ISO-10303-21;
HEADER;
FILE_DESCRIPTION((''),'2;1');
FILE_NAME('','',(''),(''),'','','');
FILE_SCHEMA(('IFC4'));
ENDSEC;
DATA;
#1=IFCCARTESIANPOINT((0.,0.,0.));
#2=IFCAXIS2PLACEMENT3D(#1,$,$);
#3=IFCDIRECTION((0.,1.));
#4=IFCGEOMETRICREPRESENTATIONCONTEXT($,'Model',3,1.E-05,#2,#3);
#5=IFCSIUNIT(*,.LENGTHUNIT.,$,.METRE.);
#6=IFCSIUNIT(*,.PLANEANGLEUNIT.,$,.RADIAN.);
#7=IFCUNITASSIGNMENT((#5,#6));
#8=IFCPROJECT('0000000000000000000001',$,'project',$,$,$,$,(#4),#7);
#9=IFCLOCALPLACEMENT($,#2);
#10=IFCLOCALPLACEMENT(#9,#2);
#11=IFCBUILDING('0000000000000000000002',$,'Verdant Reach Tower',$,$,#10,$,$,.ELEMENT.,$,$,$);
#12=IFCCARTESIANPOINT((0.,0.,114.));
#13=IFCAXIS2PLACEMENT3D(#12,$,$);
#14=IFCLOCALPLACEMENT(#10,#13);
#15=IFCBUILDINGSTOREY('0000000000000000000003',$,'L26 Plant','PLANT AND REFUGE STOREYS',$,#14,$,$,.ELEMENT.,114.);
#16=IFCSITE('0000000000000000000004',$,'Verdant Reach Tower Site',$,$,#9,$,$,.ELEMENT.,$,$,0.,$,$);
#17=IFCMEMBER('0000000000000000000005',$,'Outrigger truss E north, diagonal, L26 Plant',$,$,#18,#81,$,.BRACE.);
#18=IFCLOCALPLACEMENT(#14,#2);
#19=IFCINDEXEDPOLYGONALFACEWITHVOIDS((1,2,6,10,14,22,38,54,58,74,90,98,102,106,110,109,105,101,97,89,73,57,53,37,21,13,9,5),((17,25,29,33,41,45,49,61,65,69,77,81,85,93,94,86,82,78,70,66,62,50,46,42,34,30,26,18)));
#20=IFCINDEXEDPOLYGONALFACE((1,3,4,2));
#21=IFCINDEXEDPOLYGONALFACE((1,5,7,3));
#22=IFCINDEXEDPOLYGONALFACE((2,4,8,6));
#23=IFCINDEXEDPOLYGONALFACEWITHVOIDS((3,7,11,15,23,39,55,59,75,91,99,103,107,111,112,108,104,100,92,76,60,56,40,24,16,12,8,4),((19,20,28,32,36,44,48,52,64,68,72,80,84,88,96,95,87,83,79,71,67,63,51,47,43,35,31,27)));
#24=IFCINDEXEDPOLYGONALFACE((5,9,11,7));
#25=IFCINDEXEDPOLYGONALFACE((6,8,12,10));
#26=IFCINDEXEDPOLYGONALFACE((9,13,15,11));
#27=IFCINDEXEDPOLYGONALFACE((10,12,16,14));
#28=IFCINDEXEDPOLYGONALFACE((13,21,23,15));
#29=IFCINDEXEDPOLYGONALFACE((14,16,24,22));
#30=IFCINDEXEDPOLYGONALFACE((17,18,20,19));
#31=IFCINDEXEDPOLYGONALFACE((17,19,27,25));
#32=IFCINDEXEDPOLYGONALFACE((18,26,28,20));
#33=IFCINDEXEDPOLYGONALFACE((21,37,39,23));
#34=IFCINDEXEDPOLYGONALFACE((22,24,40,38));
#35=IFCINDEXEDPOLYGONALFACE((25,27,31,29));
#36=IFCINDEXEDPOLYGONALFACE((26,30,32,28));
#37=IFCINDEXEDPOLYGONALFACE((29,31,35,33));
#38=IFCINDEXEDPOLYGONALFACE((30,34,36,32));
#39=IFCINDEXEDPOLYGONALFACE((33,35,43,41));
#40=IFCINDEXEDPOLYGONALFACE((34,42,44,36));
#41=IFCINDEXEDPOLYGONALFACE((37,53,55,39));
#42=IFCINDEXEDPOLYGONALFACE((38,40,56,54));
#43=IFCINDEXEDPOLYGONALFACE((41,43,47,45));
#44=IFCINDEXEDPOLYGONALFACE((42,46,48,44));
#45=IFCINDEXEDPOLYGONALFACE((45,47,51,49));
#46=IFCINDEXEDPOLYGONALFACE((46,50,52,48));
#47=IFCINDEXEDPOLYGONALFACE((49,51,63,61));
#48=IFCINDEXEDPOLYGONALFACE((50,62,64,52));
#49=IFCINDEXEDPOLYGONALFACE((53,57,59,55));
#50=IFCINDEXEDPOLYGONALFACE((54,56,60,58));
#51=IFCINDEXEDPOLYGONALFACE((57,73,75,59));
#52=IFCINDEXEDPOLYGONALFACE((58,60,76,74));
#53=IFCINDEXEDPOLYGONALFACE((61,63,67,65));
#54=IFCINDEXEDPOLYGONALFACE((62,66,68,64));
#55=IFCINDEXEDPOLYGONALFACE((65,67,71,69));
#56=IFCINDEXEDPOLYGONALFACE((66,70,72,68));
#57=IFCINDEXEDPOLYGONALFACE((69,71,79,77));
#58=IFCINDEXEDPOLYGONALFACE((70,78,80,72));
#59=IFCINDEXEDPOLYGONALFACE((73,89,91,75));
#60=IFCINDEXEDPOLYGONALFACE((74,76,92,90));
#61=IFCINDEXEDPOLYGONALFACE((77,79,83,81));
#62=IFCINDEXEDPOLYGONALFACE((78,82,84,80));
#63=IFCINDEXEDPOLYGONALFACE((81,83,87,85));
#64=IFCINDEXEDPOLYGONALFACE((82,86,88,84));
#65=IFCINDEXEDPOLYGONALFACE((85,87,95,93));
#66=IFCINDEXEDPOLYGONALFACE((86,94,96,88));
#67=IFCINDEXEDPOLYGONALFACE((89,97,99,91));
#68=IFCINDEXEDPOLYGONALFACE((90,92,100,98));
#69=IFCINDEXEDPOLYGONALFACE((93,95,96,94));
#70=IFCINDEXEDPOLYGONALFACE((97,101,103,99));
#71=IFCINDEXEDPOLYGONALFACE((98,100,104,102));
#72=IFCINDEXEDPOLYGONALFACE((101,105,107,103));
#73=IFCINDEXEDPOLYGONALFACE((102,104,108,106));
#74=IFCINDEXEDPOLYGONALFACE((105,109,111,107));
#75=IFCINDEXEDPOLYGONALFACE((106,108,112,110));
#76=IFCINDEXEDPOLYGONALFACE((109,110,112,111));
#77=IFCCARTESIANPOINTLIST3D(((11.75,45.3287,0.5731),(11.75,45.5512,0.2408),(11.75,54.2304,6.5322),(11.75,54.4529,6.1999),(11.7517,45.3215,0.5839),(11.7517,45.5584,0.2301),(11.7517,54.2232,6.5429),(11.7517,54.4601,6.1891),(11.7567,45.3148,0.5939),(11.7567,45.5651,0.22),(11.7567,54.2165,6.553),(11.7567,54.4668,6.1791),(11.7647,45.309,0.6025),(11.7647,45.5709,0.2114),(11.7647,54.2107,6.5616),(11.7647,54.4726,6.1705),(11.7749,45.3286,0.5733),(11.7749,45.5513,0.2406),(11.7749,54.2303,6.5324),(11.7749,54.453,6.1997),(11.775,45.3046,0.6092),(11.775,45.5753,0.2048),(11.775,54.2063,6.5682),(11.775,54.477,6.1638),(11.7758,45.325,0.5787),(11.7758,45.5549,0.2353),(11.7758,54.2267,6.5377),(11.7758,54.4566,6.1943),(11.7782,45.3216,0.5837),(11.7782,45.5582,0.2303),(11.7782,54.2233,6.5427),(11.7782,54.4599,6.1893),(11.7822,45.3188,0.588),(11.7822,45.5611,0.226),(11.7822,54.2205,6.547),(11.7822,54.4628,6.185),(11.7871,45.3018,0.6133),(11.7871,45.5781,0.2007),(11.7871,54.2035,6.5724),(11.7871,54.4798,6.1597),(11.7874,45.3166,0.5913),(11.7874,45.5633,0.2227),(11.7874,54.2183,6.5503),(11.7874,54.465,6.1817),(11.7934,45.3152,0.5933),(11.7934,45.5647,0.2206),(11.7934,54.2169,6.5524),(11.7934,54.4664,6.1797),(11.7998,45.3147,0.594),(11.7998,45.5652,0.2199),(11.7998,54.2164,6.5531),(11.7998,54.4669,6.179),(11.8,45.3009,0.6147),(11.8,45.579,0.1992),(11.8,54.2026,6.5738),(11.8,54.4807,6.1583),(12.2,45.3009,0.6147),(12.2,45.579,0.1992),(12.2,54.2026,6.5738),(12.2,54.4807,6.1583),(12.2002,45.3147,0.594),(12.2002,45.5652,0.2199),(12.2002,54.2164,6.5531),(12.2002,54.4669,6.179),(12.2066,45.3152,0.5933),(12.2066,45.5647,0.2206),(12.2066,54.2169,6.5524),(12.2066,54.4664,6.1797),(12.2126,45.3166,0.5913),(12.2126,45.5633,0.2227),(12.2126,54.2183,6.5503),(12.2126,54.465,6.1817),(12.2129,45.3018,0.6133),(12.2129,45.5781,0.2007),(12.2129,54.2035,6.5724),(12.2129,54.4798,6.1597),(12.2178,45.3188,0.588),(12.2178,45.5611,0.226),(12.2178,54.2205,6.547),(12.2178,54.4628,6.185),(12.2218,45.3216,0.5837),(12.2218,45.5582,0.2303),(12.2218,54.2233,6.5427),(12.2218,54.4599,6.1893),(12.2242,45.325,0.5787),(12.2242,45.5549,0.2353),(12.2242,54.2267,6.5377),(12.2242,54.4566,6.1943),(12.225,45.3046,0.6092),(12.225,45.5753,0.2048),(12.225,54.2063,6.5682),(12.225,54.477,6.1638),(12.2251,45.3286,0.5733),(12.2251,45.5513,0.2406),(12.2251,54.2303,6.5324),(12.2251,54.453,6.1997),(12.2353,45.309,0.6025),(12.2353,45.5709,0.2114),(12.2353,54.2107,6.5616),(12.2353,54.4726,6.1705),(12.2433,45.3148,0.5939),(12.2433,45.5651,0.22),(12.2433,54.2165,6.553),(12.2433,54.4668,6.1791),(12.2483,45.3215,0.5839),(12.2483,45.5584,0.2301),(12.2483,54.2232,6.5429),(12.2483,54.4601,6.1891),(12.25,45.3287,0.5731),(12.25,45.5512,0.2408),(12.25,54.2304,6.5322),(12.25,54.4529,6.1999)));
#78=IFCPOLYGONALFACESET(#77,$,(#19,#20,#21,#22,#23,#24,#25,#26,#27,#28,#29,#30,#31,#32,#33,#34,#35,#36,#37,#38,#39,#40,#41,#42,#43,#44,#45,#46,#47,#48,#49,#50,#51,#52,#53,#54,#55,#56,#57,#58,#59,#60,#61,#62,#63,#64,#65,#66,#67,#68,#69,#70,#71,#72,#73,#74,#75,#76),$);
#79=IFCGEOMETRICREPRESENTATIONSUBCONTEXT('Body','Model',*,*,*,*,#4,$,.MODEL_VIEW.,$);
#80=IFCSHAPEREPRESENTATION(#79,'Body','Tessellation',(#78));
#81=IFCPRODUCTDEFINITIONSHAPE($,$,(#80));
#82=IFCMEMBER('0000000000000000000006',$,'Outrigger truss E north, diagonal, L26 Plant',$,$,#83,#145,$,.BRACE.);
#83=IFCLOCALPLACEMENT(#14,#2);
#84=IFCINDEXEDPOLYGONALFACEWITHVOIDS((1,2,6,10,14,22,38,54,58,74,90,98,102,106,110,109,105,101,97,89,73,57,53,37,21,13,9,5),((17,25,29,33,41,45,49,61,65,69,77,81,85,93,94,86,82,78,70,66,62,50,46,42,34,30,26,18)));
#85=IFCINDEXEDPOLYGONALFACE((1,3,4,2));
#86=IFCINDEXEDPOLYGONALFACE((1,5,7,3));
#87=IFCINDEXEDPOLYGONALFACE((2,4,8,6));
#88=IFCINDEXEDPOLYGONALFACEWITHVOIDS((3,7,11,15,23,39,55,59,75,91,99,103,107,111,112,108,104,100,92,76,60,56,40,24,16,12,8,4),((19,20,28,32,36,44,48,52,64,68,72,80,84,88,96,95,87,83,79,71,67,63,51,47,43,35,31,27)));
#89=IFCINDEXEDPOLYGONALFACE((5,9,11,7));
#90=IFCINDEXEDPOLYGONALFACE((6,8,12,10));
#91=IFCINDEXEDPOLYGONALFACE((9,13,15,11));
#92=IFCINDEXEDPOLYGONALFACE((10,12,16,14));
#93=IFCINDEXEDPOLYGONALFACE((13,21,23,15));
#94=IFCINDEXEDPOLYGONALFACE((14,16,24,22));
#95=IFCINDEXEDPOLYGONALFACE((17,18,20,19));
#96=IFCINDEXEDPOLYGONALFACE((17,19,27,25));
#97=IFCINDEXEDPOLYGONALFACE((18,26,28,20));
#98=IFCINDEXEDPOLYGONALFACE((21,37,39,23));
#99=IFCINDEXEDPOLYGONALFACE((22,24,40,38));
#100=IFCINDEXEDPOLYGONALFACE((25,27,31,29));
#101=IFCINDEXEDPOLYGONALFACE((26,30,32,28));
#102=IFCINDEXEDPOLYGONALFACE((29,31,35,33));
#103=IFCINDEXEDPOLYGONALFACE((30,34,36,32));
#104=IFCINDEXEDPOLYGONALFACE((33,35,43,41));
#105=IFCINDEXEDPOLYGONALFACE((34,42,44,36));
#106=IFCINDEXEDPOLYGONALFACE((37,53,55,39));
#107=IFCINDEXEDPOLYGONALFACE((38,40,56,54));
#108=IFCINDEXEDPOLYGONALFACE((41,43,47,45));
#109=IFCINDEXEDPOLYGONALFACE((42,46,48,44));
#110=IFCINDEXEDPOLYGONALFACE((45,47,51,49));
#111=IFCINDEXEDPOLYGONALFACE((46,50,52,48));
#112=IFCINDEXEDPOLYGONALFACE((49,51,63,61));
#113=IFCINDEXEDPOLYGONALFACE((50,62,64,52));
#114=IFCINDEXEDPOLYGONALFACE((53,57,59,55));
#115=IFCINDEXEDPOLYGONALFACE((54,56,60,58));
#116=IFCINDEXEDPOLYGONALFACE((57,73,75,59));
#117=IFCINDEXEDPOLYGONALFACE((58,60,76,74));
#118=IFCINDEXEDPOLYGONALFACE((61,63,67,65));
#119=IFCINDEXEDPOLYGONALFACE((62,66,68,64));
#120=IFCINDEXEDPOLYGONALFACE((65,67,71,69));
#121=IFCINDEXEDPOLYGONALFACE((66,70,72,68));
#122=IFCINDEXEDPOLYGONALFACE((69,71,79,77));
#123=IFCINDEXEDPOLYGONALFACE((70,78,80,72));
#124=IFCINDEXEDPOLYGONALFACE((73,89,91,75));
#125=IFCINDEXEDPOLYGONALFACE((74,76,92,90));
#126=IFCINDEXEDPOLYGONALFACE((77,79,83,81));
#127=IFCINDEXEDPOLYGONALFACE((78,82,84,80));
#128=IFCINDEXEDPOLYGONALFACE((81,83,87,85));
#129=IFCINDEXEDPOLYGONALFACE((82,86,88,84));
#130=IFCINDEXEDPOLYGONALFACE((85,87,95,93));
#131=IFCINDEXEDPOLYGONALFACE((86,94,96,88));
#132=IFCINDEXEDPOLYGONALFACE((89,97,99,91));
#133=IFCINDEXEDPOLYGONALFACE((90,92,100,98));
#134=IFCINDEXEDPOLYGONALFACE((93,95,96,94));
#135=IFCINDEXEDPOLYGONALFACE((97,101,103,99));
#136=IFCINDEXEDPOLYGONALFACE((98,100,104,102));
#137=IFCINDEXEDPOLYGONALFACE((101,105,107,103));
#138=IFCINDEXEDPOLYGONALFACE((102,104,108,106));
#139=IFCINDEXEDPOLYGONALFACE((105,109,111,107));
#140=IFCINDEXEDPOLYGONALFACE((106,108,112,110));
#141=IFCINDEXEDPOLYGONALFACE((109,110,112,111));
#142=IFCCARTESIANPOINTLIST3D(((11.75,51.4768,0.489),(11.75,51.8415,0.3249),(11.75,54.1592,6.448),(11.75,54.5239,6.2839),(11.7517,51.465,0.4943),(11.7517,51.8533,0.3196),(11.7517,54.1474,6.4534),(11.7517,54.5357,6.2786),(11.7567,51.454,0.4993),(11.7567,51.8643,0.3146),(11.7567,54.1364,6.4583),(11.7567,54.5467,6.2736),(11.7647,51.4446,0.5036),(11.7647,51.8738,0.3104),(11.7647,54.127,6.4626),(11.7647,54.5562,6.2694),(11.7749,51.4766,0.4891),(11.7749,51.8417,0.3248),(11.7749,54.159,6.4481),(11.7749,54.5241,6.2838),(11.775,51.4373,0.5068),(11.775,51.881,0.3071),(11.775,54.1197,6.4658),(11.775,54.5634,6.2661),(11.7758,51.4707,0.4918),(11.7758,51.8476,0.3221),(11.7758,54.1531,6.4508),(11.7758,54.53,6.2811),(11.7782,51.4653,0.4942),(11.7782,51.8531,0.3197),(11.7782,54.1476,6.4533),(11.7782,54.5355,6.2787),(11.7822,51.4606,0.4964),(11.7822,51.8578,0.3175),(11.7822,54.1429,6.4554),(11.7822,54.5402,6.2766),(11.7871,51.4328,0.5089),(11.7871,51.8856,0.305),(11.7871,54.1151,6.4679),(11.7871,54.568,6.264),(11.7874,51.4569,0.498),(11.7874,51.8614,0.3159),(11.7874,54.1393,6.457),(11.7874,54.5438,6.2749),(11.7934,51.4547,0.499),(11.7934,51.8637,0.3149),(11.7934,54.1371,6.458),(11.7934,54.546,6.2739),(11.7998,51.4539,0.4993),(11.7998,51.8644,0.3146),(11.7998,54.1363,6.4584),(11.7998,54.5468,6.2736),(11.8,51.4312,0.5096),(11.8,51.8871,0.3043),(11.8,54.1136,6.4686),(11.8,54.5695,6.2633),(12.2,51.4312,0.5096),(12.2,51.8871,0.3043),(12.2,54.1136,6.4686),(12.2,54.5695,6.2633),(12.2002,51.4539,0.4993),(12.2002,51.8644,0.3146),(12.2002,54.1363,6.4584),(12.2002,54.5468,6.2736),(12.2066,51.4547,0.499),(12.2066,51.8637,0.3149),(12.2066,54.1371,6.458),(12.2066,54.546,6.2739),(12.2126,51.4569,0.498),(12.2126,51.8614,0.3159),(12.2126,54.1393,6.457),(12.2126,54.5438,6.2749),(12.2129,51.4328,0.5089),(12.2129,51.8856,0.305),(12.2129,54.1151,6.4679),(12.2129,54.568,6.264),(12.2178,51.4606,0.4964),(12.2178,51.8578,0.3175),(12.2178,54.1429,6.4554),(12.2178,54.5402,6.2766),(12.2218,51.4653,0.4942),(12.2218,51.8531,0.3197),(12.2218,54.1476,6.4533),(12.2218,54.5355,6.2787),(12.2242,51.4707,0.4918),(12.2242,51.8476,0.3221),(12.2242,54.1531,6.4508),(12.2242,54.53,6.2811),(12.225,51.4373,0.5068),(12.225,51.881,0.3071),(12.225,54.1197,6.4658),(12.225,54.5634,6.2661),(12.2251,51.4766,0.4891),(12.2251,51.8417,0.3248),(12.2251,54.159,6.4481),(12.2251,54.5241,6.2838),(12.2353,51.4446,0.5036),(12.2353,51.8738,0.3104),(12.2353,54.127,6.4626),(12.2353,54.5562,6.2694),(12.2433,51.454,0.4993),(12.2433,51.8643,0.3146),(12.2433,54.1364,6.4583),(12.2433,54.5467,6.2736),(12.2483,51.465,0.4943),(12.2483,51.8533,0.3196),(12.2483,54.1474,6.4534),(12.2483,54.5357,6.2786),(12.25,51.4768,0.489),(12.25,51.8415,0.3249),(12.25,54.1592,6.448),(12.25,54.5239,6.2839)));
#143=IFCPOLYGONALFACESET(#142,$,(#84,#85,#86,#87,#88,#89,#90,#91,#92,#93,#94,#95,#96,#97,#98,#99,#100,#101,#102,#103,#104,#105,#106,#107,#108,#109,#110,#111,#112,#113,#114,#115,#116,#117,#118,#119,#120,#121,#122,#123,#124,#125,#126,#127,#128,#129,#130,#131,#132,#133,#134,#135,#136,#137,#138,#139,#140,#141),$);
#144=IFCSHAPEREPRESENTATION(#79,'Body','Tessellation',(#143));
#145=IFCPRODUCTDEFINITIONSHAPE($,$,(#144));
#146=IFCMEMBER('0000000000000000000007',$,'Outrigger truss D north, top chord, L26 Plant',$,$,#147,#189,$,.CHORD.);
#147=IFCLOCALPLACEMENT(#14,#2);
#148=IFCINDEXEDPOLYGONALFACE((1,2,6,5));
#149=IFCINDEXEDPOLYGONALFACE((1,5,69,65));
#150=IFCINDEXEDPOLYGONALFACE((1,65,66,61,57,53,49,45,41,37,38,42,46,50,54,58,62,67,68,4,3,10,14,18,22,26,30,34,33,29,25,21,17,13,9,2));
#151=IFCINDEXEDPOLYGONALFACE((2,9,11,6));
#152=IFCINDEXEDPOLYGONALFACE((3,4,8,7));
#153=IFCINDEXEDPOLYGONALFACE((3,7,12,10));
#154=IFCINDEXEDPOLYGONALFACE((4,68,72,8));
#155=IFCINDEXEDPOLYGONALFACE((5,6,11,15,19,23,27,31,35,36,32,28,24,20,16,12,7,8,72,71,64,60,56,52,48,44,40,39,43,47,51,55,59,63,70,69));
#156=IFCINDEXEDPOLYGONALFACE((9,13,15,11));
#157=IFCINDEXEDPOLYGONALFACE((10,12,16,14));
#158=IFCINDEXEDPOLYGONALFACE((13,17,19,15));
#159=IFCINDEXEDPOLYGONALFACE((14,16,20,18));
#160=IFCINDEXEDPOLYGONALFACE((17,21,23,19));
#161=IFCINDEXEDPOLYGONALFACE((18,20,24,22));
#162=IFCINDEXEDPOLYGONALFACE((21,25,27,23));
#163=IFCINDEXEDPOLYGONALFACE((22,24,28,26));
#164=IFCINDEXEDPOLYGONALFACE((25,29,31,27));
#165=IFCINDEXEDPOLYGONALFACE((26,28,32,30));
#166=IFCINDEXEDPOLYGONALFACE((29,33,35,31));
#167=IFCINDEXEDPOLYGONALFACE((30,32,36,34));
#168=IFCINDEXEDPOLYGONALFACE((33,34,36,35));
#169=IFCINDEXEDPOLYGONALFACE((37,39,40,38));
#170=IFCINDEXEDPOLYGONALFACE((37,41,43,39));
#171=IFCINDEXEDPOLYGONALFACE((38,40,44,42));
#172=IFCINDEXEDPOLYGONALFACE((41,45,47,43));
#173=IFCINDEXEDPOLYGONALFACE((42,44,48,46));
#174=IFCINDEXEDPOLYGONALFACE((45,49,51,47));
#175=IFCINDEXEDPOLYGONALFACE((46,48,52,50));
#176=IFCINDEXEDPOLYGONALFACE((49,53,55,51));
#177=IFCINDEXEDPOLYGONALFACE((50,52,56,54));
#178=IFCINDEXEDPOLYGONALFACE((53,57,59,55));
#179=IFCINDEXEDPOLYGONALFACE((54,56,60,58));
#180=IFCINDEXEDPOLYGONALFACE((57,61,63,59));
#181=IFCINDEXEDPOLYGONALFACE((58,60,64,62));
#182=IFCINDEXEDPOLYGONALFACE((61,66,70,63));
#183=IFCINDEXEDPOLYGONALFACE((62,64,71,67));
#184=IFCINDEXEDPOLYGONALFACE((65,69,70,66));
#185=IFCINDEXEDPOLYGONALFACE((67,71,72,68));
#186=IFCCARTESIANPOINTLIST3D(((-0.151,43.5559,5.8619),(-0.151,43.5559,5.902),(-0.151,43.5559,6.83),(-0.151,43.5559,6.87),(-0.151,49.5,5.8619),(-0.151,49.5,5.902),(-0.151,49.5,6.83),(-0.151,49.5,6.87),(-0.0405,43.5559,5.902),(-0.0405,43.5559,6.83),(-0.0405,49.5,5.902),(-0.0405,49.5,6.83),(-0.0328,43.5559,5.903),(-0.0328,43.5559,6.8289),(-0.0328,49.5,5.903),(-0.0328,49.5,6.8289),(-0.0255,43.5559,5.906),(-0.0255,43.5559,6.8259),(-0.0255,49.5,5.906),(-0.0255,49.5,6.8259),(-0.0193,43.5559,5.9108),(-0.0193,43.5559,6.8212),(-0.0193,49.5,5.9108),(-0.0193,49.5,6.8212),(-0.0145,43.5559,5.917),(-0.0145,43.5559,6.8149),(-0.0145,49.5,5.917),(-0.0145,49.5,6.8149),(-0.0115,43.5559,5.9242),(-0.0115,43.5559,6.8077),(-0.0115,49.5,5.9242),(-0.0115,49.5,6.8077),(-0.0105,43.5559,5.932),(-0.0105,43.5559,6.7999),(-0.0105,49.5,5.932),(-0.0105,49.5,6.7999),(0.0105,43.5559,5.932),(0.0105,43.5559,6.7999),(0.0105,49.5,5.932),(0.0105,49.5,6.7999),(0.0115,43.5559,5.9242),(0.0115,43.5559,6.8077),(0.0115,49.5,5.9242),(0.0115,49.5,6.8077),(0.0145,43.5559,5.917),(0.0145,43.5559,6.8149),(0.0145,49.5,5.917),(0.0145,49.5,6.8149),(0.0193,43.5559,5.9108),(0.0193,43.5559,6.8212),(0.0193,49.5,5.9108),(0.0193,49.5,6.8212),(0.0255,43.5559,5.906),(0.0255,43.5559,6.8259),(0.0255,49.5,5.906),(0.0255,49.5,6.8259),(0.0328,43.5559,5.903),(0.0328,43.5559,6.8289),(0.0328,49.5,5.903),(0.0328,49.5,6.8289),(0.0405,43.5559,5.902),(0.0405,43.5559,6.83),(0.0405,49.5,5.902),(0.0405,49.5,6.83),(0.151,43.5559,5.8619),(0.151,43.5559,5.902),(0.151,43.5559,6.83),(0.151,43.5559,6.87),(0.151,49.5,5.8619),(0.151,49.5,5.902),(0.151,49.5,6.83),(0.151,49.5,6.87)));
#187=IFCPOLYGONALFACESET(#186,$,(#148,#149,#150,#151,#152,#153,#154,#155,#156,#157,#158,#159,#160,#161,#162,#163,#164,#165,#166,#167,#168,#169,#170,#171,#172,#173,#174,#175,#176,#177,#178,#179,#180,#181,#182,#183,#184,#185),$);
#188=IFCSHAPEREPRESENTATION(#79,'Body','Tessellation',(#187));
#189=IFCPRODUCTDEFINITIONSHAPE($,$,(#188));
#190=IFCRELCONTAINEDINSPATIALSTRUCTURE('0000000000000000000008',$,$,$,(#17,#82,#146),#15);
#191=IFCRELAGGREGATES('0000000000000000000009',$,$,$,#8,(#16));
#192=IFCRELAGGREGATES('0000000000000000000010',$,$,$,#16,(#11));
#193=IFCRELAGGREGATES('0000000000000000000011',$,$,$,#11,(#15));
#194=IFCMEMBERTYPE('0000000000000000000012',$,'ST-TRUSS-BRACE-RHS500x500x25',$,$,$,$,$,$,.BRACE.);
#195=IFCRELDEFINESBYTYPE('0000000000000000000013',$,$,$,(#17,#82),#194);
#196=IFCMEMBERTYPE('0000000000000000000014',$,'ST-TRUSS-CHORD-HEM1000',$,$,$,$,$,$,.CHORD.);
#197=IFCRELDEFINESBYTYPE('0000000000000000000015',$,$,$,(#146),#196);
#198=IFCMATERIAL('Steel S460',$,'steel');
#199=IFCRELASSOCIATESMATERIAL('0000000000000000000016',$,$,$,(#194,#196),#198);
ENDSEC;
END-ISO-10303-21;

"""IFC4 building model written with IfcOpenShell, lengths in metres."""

from ifc_helpers import new_model, si_unit, direction, frame, origin, origin_2d, place, context, subcontext, project, spatial, hollow_rectangle, i_section, extrude, material, material_profile, profile_set, type_object, element, save


model = new_model("IFC4")

# Units and contexts
model_context = context("Model", 3, precision=1e-05, world=origin(), true_north=direction((0.0, 1.0)))
body_context = subcontext(model_context, "Body", "Model", "MODEL_VIEW")
ifc_project = project(units=[si_unit("LENGTHUNIT", "METRE"), si_unit("PLANEANGLEUNIT", "RADIAN")], contexts=[model_context])

# Site, building, storey
site_placement = place(None, origin())
site = spatial("IfcSite", under=ifc_project, at=site_placement, Name="Verdant Reach Tower Site", CompositionType="ELEMENT", RefElevation=0.0)
building_placement = place(site_placement, origin())
building = spatial("IfcBuilding", under=site, at=building_placement, Name="Verdant Reach Tower", CompositionType="ELEMENT")
storey_placement = place(building_placement, frame((0.0, 0.0, 114.0)))
storey = spatial("IfcBuildingStorey", under=building, at=storey_placement, Name="L26 Plant", Description="PLANT AND REFUGE STOREYS", CompositionType="ELEMENT", Elevation=114.0)

# Shared definitions
ifc_material_1 = material(Name="Steel S460", Category="steel")

# Members
ifc_material_profile_1 = material_profile(ifc_material_1, hollow_rectangle(XDim=0.5, YDim=0.5, WallThickness=0.0249, InnerFilletRadius=0.0249, OuterFilletRadius=0.05, at=origin_2d()), Name="RHS 500x500x25")
ifc_profile_set_1 = profile_set([ifc_material_profile_1], Name="Steel S460")
member_type_1 = type_object("IfcMemberType", Name="ST-TRUSS-BRACE-RHS500x500x25", PredefinedType="BRACE", material=ifc_profile_set_1)
member_1_placement = place(storey_placement, frame((12.0, 45.4399, 0.407), z_axis=(0.0, 0.83099, 0.556288), x_axis=(-1.0, 0.0, 0.0)))
element("IfcMember", 1, at=member_1_placement, inside=storey, type_object=member_type_1, Name="Outrigger truss E north, diagonal, L26 Plant", PredefinedType="BRACE", context=body_context, shape_type="SweptSolid", body=[
    extrude(hollow_rectangle(XDim=0.5, YDim=0.5, WallThickness=0.0249, InnerFilletRadius=0.0249, OuterFilletRadius=0.05, at=origin_2d()), origin(), (0.0, 0.0, 1.0), 10.7122),
])
member_2_placement = place(storey_placement, frame((12.0, 54.3416, 6.366), z_axis=(0.0, -0.41047, -0.911874), x_axis=(1.0, 0.0, 0.0)))
element("IfcMember", 2, at=member_2_placement, inside=storey, type_object=member_type_1, Name="Outrigger truss E north, diagonal, L26 Plant", PredefinedType="BRACE", context=body_context, shape_type="SweptSolid", body=[
    extrude(hollow_rectangle(XDim=0.5, YDim=0.5, WallThickness=0.0249, InnerFilletRadius=0.0249, OuterFilletRadius=0.05, at=origin_2d()), origin(), (0.0, 0.0, 1.0), 6.5349),
])
ifc_material_profile_2 = material_profile(ifc_material_1, i_section(OverallWidth=0.302, OverallDepth=1.0081, WebThickness=0.021, FlangeThickness=0.04, FilletRadius=0.03, at=origin_2d()), Name="HEM 1000")
ifc_profile_set_2 = profile_set([ifc_material_profile_2], Name="Steel S460")
member_type_2 = type_object("IfcMemberType", Name="ST-TRUSS-CHORD-HEM1000", PredefinedType="CHORD", material=ifc_profile_set_2)
member_3_placement = place(storey_placement, frame((0.0, 43.5559, 6.366), z_axis=(0.0, 1.0, 0.0), x_axis=(-1.0, 0.0, 0.0)))
element("IfcMember", 3, at=member_3_placement, inside=storey, type_object=member_type_2, Name="Outrigger truss D north, top chord, L26 Plant", PredefinedType="CHORD", context=body_context, shape_type="SweptSolid", body=[
    extrude(i_section(OverallWidth=0.302, OverallDepth=1.0081, WebThickness=0.021, FlangeThickness=0.04, FilletRadius=0.03, at=origin_2d()), origin(), (0.0, 0.0, 1.0), 5.9441),
])

save(model, "model.ifc")
